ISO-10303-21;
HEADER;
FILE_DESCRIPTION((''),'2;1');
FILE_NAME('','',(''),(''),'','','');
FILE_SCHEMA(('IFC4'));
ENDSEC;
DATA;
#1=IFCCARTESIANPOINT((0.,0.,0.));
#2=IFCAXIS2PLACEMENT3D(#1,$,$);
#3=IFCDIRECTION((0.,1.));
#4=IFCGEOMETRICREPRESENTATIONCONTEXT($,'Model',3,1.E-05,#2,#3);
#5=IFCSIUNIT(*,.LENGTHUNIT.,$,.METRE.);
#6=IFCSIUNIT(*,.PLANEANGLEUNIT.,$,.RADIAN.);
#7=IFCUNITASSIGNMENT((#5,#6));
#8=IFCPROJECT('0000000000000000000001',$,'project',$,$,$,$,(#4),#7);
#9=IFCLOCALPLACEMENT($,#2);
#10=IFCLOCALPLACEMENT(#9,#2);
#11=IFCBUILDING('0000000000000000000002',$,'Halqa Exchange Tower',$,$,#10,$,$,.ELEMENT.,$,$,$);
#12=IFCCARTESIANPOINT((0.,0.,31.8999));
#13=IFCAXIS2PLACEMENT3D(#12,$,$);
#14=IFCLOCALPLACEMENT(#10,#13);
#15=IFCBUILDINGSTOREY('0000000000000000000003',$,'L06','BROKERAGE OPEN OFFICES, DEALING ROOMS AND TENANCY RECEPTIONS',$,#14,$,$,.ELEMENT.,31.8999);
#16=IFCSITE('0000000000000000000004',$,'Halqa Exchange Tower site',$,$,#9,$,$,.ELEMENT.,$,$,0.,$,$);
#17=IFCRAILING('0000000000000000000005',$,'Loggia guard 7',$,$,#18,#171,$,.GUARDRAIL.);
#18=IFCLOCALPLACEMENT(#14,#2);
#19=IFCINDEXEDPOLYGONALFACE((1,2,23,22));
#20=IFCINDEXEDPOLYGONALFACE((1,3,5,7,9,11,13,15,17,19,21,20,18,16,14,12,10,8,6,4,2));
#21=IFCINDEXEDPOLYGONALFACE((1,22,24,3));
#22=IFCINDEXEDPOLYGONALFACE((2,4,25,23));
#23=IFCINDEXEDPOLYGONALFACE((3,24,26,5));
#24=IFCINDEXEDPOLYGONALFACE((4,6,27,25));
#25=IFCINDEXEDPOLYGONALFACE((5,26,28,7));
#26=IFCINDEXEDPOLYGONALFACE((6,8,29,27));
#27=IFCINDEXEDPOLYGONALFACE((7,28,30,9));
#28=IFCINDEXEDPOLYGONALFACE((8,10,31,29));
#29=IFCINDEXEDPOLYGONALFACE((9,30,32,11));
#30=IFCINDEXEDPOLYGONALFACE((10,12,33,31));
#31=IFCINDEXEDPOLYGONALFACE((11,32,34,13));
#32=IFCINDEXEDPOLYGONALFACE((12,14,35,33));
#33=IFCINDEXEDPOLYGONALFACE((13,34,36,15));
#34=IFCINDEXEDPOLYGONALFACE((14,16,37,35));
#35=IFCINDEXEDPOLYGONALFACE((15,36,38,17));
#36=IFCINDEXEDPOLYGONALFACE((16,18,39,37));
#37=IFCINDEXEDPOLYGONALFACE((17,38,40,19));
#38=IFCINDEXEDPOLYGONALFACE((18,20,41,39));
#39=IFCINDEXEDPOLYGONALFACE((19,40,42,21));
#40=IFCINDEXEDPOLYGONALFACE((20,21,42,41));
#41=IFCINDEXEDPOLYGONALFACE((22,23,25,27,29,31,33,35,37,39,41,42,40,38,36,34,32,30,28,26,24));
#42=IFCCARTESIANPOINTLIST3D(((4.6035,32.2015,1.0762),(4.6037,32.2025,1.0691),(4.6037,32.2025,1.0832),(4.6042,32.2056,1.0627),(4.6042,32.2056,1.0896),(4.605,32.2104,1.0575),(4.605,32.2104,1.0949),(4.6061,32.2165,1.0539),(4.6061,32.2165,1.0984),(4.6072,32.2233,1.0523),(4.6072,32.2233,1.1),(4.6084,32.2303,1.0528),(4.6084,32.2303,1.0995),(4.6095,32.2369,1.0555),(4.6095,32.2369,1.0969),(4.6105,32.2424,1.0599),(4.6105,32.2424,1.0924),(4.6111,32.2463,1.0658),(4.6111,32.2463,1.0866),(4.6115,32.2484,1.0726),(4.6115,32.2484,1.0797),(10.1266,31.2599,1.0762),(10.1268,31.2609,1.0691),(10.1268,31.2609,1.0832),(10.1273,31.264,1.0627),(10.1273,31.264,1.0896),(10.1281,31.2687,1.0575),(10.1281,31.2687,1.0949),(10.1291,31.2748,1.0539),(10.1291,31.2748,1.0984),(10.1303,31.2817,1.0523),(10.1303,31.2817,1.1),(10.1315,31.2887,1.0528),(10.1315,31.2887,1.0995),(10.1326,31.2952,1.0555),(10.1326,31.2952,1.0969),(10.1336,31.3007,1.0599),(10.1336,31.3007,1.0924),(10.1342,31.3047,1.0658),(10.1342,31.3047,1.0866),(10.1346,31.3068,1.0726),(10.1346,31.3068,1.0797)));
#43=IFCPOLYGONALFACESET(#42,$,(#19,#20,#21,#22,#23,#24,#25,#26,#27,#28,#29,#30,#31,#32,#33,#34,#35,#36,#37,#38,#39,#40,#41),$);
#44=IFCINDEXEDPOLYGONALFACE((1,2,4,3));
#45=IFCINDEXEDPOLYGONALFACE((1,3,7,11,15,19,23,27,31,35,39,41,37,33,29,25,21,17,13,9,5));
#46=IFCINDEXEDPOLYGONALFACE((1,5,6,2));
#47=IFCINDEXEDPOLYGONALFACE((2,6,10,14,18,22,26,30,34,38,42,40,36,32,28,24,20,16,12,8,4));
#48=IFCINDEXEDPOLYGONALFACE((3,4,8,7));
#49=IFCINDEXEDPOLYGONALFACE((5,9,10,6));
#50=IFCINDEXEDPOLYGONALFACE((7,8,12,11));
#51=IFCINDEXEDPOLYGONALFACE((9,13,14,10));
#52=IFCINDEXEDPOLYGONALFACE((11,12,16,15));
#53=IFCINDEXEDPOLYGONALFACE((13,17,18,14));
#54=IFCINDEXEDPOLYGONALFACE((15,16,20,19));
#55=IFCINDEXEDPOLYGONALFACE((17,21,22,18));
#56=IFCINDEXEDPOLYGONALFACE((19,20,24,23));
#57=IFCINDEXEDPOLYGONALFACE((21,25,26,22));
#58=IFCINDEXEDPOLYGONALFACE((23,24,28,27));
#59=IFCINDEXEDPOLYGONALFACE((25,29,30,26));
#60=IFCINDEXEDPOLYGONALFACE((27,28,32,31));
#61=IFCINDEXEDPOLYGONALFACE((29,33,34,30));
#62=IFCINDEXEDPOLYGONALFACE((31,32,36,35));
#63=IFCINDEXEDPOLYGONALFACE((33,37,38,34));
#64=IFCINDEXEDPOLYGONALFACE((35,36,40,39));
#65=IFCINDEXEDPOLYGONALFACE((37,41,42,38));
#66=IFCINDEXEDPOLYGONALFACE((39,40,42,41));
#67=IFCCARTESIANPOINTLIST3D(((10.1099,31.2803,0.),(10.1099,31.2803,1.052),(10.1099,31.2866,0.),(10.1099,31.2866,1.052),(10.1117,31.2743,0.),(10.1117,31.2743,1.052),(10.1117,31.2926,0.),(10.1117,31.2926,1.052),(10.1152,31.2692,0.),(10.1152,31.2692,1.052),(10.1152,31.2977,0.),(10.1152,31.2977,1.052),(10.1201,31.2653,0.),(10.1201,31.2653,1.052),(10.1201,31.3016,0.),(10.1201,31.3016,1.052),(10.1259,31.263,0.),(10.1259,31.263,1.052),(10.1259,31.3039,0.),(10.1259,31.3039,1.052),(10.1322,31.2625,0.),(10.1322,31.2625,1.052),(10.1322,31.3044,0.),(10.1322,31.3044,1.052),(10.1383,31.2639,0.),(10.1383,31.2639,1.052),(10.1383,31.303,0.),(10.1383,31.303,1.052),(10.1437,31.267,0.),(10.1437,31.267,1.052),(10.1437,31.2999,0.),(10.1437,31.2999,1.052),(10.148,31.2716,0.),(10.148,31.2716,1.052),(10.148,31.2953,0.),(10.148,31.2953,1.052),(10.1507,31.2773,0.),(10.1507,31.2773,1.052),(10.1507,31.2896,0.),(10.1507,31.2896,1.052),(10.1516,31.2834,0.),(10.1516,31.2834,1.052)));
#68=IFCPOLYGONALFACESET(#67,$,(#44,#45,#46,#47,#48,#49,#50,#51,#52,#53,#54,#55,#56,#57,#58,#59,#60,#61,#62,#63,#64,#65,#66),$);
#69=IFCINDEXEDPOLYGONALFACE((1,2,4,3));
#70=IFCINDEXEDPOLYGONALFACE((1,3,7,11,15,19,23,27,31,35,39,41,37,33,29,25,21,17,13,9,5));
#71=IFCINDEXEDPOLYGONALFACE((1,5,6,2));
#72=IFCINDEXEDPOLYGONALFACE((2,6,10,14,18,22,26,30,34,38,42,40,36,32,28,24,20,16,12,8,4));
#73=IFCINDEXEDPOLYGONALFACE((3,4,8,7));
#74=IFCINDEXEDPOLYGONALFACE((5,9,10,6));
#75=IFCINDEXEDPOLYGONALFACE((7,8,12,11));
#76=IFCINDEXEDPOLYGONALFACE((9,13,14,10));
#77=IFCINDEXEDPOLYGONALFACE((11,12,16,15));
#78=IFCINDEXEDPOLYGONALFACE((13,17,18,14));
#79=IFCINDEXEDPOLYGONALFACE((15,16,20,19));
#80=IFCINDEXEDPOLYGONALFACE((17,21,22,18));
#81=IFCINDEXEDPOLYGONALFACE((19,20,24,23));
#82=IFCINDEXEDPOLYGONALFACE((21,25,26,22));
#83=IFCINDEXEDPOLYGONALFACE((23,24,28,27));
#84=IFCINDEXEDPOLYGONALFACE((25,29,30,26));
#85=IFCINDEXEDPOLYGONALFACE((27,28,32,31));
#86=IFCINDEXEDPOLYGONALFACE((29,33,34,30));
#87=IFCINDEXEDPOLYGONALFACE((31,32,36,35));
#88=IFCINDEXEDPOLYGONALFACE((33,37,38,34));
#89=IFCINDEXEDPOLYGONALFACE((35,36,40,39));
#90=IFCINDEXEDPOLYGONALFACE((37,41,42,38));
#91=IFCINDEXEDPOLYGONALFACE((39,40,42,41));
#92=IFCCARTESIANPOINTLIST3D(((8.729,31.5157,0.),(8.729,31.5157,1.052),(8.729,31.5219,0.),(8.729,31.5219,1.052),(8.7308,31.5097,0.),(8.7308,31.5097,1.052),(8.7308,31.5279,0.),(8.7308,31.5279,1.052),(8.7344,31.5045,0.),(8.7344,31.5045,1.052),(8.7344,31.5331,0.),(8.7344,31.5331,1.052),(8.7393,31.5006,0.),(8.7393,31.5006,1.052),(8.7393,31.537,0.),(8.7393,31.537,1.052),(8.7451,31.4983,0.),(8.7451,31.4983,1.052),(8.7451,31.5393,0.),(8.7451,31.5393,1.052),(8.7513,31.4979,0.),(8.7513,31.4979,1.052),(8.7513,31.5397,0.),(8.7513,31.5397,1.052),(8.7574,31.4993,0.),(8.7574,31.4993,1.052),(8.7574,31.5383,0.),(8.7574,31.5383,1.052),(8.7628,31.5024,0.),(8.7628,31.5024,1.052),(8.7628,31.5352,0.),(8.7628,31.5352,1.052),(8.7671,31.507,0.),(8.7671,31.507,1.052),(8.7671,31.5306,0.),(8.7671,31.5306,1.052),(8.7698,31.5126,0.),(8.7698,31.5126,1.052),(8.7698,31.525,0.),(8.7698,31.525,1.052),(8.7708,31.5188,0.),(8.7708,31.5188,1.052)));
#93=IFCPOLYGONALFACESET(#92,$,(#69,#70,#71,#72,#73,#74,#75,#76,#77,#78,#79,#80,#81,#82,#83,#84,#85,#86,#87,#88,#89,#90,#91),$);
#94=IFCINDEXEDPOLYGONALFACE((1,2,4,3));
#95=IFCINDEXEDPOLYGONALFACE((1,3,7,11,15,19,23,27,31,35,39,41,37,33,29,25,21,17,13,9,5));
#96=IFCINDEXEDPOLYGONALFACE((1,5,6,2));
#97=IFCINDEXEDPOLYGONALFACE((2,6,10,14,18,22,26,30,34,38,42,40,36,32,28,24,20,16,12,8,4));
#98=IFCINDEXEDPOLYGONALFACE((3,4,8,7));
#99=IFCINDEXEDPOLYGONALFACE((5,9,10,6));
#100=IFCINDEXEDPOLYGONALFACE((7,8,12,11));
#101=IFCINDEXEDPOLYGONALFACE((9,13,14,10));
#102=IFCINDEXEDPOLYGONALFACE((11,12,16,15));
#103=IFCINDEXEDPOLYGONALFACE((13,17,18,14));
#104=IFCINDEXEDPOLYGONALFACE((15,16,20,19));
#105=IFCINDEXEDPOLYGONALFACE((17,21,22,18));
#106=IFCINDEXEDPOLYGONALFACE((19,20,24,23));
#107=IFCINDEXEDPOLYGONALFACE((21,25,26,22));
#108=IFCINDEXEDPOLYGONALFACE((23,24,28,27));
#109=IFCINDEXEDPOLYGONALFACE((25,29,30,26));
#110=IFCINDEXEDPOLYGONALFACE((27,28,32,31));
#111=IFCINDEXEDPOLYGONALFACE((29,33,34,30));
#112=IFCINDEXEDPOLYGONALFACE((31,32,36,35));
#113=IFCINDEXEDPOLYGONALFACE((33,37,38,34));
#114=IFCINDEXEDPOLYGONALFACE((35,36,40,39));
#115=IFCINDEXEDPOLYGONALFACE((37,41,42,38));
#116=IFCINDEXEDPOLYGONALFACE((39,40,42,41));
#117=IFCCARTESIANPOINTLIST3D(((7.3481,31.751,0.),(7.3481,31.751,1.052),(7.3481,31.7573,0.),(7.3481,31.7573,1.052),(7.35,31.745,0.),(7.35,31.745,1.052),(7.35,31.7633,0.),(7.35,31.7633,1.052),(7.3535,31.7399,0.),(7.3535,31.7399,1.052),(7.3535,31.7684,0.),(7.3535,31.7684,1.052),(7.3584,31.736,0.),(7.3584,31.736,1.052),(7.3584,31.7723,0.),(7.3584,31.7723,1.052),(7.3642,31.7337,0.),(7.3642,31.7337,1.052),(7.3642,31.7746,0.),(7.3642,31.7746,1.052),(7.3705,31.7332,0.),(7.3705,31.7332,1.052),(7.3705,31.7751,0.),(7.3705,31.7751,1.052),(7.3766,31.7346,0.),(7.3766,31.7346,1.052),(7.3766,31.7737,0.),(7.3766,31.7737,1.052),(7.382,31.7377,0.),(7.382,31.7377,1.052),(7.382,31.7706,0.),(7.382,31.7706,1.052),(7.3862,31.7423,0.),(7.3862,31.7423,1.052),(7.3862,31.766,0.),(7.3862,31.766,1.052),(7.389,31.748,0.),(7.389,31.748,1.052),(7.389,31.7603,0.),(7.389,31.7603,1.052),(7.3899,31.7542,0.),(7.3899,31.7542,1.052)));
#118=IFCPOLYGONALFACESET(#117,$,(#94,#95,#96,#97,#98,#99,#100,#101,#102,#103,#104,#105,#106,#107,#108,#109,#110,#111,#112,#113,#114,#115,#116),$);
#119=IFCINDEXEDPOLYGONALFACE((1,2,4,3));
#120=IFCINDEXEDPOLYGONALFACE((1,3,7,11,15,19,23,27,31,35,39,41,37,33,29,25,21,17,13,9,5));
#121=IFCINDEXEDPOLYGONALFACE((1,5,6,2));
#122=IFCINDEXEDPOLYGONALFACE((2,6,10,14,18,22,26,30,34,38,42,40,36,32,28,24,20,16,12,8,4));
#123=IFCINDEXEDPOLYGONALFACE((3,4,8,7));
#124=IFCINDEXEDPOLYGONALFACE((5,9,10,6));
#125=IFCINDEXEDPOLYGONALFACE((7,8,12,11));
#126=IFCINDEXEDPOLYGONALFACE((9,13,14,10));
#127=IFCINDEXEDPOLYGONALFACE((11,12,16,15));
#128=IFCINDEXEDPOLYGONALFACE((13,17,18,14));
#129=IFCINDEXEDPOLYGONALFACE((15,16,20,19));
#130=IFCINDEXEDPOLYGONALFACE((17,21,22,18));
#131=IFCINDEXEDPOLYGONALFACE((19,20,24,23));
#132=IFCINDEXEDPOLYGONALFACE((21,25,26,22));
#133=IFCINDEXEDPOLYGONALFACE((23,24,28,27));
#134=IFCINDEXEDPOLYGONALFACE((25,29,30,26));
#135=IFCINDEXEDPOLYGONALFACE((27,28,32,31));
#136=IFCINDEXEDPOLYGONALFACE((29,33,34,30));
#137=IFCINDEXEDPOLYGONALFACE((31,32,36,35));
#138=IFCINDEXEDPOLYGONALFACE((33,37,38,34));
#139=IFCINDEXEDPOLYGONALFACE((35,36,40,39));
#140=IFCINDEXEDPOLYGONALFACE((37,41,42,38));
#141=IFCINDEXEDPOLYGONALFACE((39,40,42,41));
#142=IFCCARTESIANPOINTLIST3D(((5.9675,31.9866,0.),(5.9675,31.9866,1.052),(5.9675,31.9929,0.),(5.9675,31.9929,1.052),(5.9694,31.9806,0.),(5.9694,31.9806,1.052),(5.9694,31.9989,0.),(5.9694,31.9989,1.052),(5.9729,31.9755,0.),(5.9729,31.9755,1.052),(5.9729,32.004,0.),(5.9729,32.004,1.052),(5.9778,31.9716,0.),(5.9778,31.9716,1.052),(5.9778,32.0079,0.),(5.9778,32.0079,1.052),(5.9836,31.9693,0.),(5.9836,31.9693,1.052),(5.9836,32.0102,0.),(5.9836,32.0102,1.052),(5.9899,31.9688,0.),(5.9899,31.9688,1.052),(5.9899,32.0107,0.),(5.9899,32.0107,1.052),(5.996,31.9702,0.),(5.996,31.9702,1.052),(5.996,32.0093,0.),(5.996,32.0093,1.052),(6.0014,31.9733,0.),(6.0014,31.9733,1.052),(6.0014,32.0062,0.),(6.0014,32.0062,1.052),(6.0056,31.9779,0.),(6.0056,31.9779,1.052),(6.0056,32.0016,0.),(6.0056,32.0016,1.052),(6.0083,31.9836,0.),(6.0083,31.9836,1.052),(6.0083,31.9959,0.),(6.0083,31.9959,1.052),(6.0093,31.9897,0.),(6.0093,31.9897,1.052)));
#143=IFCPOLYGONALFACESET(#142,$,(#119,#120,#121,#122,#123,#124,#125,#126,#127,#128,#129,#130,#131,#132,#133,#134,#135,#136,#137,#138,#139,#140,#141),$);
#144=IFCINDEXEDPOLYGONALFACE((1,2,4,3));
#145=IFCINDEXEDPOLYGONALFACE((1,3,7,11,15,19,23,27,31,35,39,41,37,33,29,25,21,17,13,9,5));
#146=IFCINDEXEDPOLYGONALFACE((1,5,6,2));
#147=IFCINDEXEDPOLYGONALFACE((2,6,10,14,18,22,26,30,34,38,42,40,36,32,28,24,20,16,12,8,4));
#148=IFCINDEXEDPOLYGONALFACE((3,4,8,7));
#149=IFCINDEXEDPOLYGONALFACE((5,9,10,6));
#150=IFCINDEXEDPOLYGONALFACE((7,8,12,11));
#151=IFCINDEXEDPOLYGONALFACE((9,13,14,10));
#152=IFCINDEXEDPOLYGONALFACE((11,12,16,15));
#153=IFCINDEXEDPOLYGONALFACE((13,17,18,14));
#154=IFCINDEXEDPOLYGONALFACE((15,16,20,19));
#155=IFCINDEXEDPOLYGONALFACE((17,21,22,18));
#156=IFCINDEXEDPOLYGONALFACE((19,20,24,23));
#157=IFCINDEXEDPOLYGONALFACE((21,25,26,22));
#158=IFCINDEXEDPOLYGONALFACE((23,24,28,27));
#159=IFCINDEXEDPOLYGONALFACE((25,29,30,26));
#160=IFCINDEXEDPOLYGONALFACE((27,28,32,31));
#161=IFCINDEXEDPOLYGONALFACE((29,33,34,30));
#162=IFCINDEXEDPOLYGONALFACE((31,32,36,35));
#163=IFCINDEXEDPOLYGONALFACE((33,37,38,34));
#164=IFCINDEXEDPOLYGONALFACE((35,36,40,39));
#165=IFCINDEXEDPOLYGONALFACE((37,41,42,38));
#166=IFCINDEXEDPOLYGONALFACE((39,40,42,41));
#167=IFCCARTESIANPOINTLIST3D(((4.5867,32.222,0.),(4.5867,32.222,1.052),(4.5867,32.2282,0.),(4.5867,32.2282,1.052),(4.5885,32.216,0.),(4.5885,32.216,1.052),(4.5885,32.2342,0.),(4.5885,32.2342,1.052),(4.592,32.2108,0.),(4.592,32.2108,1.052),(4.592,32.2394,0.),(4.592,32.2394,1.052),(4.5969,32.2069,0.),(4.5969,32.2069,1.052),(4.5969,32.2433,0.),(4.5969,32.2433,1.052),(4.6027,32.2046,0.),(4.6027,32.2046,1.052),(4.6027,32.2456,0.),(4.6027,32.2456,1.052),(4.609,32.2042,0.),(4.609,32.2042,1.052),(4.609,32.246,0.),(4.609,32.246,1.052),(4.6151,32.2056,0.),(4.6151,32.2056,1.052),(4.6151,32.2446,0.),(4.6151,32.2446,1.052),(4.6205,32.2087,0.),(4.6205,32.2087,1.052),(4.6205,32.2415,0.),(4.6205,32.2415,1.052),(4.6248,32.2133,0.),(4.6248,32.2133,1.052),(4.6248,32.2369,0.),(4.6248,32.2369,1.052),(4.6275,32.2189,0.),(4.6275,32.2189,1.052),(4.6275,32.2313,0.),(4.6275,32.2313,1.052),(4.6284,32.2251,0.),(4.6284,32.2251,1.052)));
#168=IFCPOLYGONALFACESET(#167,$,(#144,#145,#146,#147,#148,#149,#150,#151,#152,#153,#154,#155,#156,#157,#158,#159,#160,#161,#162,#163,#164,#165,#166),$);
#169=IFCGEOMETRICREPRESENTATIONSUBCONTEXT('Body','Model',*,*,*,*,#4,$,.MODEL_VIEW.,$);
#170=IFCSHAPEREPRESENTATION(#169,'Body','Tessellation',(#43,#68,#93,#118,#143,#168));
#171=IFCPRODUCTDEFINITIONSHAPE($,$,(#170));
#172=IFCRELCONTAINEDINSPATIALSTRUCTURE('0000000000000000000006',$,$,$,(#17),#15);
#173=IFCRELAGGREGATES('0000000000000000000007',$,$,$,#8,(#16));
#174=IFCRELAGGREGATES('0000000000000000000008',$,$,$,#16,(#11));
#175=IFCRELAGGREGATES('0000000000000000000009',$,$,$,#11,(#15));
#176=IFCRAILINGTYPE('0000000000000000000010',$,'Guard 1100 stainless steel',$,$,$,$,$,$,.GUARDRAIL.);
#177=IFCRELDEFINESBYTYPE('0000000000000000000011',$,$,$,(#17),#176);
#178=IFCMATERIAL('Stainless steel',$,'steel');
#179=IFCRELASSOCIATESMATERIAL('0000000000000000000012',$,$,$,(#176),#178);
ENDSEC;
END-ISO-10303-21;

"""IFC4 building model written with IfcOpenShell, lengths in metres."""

from ifc_helpers import new_model, si_unit, direction, frame, origin, origin_2d, place, context, subcontext, project, spatial, circle, extrude, material, type_object, element, save


model = new_model("IFC4")

# Units and contexts
model_context = context("Model", 3, precision=1e-05, world=origin(), true_north=direction((0.0, 1.0)))
body_context = subcontext(model_context, "Body", "Model", "MODEL_VIEW")
ifc_project = project(units=[si_unit("LENGTHUNIT", "METRE"), si_unit("PLANEANGLEUNIT", "RADIAN")], contexts=[model_context])

# Site, building, storey
site_placement = place(None, origin())
site = spatial("IfcSite", under=ifc_project, at=site_placement, Name="Halqa Exchange Tower site", CompositionType="ELEMENT", RefElevation=0.0)
building_placement = place(site_placement, origin())
building = spatial("IfcBuilding", under=site, at=building_placement, Name="Halqa Exchange Tower", CompositionType="ELEMENT")
storey_placement = place(building_placement, frame((0.0, 0.0, 31.8999)))
storey = spatial("IfcBuildingStorey", under=building, at=storey_placement, Name="L06", Description="BROKERAGE OPEN OFFICES, DEALING ROOMS AND TENANCY RECEPTIONS", CompositionType="ELEMENT", Elevation=31.8999)

# Railing
ifc_material_1 = material(Name="Stainless steel", Category="steel")
railing_type_1 = type_object("IfcRailingType", Name="Guard 1100 stainless steel", PredefinedType="GUARDRAIL", material=ifc_material_1)
railing_1_placement = place(storey_placement, frame((10.1306, 31.2834, 0.0)))
element("IfcRailing", 1, at=railing_1_placement, inside=storey, type_object=railing_type_1, Name="Loggia guard 7", PredefinedType="GUARDRAIL", context=body_context, shape_type="SweptSolid", body=[
    extrude(circle(Radius=0.0239, at=origin_2d()), frame((0.0, 0.0, 1.0762), z_axis=(-0.985776, 0.168065, 0.0), x_axis=(-0.168065, -0.985776, 0.0)), (0.0, 0.0, 1.0), 5.6028),
    extrude(circle(Radius=0.021, at=origin_2d()), origin(), (0.0, 0.0, 1.0), 1.052),
    extrude(circle(Radius=0.021, at=origin_2d()), frame((-1.3809, 0.2354, 0.0)), (0.0, 0.0, 1.0), 1.052),
    extrude(circle(Radius=0.021, at=origin_2d()), frame((-2.7617, 0.4707, 0.0)), (0.0, 0.0, 1.0), 1.052),
    extrude(circle(Radius=0.021, at=origin_2d()), frame((-4.1423, 0.7063, 0.0)), (0.0, 0.0, 1.0), 1.052),
    extrude(circle(Radius=0.021, at=origin_2d()), frame((-5.5232, 0.9417, 0.0)), (0.0, 0.0, 1.0), 1.052),
])

save(model, "model.ifc")
